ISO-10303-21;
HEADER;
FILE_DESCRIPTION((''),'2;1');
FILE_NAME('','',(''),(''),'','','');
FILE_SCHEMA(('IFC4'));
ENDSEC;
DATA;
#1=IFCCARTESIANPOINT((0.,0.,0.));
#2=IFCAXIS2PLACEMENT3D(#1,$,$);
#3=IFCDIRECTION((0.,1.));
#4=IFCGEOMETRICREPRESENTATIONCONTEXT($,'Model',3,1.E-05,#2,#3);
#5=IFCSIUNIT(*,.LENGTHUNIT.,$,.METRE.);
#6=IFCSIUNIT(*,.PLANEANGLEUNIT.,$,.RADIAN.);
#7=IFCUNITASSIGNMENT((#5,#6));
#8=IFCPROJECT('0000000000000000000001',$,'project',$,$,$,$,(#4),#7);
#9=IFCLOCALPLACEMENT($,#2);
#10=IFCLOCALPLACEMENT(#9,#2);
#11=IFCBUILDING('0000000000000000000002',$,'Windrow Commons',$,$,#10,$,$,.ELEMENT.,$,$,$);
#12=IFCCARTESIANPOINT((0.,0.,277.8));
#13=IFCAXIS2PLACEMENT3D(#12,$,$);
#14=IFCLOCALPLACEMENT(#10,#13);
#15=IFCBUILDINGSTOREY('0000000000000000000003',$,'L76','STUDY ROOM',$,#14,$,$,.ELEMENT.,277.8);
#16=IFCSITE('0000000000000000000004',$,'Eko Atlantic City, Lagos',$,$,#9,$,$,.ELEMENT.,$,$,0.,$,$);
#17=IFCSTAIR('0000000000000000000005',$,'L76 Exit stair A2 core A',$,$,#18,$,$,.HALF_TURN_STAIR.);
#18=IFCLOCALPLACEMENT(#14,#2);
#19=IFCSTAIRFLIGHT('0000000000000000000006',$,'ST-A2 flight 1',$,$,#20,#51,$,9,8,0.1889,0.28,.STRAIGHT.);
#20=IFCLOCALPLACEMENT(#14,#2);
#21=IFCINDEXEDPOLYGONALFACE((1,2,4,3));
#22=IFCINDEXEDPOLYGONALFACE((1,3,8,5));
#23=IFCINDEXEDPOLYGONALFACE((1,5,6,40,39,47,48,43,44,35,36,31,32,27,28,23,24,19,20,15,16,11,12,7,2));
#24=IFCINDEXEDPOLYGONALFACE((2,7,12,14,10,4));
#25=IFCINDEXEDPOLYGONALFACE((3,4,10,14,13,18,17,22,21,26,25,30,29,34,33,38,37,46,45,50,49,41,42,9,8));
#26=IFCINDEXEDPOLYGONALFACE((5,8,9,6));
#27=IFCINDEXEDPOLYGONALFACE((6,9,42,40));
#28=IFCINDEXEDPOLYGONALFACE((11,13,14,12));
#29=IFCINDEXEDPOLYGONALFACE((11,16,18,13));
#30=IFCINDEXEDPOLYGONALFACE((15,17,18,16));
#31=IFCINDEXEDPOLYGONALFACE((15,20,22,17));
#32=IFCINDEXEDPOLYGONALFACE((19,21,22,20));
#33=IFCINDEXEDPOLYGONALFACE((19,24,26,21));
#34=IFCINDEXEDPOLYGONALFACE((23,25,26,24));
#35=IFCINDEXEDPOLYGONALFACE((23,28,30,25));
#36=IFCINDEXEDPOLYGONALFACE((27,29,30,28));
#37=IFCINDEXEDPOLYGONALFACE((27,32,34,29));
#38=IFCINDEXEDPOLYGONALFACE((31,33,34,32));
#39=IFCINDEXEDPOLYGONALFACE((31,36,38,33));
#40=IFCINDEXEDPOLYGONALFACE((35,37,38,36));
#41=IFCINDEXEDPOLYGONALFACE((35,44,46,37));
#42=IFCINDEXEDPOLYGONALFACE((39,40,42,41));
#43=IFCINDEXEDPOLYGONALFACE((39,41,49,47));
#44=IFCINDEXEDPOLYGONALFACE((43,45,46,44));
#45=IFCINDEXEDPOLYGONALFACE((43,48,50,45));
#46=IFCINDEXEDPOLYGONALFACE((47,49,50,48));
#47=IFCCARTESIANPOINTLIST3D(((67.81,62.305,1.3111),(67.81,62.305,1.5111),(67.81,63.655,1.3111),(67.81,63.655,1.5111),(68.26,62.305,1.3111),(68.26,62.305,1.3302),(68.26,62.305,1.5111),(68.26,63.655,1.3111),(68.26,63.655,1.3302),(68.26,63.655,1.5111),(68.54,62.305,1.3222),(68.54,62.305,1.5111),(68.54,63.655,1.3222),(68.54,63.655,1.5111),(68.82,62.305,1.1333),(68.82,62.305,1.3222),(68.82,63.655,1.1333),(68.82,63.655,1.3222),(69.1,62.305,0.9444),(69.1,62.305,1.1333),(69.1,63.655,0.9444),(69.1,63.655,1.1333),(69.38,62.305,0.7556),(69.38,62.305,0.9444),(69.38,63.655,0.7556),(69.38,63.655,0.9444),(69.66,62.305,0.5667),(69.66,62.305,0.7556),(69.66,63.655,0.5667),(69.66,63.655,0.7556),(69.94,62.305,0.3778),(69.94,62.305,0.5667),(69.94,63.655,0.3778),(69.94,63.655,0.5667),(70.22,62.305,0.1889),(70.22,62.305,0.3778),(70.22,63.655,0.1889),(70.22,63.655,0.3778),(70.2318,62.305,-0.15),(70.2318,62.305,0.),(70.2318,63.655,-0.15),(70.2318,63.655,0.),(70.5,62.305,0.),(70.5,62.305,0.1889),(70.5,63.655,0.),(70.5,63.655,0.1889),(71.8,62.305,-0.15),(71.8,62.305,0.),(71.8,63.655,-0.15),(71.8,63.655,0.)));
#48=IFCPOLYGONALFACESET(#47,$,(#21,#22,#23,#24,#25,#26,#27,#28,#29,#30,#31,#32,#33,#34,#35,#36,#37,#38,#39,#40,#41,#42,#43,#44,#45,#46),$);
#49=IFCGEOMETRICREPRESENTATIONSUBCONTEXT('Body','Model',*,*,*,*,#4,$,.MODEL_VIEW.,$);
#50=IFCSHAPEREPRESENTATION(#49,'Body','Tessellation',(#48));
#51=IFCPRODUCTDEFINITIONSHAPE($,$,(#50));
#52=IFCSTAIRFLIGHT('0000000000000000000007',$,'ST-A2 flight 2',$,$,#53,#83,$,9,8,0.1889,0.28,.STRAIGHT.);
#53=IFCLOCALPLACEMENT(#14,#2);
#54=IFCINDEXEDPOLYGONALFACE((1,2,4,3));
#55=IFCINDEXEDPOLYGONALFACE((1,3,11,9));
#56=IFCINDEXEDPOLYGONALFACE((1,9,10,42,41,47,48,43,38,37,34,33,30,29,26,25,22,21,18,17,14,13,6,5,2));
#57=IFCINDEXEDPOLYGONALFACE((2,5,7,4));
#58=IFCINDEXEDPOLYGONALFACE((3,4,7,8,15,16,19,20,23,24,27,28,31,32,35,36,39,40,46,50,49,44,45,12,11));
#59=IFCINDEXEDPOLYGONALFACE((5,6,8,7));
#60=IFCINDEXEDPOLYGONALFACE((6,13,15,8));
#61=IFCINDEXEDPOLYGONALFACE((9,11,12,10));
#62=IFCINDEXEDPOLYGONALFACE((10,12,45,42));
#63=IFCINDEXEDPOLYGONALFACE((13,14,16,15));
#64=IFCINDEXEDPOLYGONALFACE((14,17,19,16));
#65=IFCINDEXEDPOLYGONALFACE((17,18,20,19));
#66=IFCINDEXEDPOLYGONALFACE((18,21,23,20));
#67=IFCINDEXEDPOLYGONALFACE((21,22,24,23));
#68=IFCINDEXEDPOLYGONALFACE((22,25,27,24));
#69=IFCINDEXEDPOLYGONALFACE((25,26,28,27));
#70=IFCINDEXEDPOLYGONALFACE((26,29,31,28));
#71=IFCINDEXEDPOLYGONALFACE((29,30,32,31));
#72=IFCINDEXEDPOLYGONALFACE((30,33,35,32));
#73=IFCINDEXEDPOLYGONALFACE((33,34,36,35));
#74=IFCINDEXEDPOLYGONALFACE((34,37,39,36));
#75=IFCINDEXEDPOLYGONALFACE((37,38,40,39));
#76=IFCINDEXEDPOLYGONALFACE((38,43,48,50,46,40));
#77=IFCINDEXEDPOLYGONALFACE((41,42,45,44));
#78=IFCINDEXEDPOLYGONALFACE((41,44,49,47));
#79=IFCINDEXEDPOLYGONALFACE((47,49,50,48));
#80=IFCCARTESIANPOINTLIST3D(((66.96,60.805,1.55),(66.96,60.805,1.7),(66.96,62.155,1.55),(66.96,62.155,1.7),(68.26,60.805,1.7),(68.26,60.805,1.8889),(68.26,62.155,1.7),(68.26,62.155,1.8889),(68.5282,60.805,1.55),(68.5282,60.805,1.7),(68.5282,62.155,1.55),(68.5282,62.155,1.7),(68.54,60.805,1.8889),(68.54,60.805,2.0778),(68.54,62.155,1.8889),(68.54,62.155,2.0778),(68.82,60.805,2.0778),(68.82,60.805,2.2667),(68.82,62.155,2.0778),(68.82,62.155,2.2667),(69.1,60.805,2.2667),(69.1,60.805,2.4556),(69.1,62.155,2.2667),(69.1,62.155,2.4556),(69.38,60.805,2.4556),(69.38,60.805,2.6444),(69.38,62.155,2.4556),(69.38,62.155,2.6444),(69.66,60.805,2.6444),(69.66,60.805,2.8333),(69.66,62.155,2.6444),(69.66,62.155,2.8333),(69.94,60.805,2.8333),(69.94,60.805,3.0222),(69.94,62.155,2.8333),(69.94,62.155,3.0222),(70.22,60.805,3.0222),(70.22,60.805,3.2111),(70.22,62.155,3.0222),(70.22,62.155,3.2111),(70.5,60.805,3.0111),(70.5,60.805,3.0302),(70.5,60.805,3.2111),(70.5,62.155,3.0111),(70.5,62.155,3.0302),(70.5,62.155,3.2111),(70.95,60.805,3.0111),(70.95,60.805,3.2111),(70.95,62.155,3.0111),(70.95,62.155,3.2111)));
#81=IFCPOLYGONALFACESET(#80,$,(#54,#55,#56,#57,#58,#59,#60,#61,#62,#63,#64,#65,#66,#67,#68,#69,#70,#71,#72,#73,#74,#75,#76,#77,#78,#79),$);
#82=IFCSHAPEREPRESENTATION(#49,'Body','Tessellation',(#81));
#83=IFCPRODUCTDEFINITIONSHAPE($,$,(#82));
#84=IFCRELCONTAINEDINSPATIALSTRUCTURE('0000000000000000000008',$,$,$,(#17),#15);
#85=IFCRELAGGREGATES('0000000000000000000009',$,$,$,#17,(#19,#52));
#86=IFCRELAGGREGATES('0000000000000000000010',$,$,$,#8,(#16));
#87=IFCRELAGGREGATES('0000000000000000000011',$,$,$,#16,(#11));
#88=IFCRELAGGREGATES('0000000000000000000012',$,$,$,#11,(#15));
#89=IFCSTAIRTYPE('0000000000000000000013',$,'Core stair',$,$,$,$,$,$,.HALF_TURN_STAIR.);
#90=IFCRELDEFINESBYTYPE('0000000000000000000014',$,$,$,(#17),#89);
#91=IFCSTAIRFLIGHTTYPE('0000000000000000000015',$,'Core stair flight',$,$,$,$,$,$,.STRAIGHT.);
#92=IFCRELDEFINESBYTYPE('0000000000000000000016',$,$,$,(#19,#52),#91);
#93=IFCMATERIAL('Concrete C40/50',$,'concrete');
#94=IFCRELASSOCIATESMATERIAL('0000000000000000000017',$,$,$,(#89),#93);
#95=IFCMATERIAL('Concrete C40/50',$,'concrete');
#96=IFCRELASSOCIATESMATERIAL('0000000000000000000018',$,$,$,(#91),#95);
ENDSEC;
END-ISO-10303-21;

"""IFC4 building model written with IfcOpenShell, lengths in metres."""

from ifc_helpers import new_model, si_unit, direction, frame, origin, place, context, subcontext, project, spatial, polyline, outline, extrude, material, type_object, element, aggregate, save


model = new_model("IFC4")

# Units and contexts
model_context = context("Model", 3, precision=1e-05, world=origin(), true_north=direction((0.0, 1.0)))
body_context = subcontext(model_context, "Body", "Model", "MODEL_VIEW")
ifc_project = project(units=[si_unit("LENGTHUNIT", "METRE"), si_unit("PLANEANGLEUNIT", "RADIAN")], contexts=[model_context])

# Site, building, storey
site_placement = place(None, origin())
site = spatial("IfcSite", under=ifc_project, at=site_placement, Name="Eko Atlantic City, Lagos", CompositionType="ELEMENT", RefElevation=0.0)
building_placement = place(site_placement, origin())
building = spatial("IfcBuilding", under=site, at=building_placement, Name="Windrow Commons", CompositionType="ELEMENT")
storey_placement = place(building_placement, frame((0.0, 0.0, 277.8)))
storey = spatial("IfcBuildingStorey", under=building, at=storey_placement, Name="L76", Description="STUDY ROOM", CompositionType="ELEMENT", Elevation=277.8)

# Shared definitions
ifc_material_1 = material(Name="Concrete C40/50", Category="concrete")
stair_type = type_object("IfcStairType", Name="Core stair", PredefinedType="HALF_TURN_STAIR", material=ifc_material_1)
placement = place(storey_placement, origin())
ifc_material_2 = material(Name="Concrete C40/50", Category="concrete")
stair_flight_type = type_object("IfcStairFlightType", Name="Core stair flight", PredefinedType="STRAIGHT", material=ifc_material_2)

# Stair, stair flights
stair_1 = element("IfcStair", 1, at=placement, inside=storey, type_object=stair_type, Name="L76 Exit stair A2 core A", PredefinedType="HALF_TURN_STAIR")
stair_flight_1_placement = place(storey_placement, frame((70.5, 62.98, 0.0), z_axis=(0.0, 0.0, 1.0), x_axis=(-1.0, 0.0, 0.0)))
stair_flight_1 = element("IfcStairFlight", 2, at=stair_flight_1_placement, type_object=stair_flight_type, Name="ST-A2 flight 1", NumberOfRisers=9, NumberOfTreads=8, PredefinedType="STRAIGHT", RiserHeight=0.1889, TreadLength=0.28, context=body_context, shape_type="SweptSolid", body=[
    extrude(outline(polyline([(-1.3, -0.15), (-1.3, 0.0), (0.0, 0.0), (0.0, 0.1889), (0.28, 0.1889), (0.28, 0.3778), (0.56, 0.3778), (0.56, 0.5667), (0.84, 0.5667), (0.84, 0.7556), (1.12, 0.7556), (1.12, 0.9444), (1.4, 0.9444), (1.4, 1.1333), (1.68, 1.1333), (1.68, 1.3222), (1.96, 1.3222), (1.96, 1.5111), (2.24, 1.5111), (2.69, 1.5111), (2.69, 1.3111), (2.24, 1.3111), (2.24, 1.3302), (0.2682, 0.0), (0.2682, -0.15), (-1.3, -0.15)])), frame((0.0, 0.675, 0.0), z_axis=(0.0, -1.0, 0.0), x_axis=(1.0, 0.0, 0.0)), (0.0, 0.0, 1.0), 1.35),
])
stair_flight_2_placement = place(storey_placement, frame((68.26, 61.48, 1.7), z_axis=(0.0, 0.0, 1.0), x_axis=(1.0, 0.0, 0.0)))
stair_flight_2 = element("IfcStairFlight", 3, at=stair_flight_2_placement, type_object=stair_flight_type, Name="ST-A2 flight 2", NumberOfRisers=9, NumberOfTreads=8, PredefinedType="STRAIGHT", RiserHeight=0.1889, TreadLength=0.28, context=body_context, shape_type="SweptSolid", body=[
    extrude(outline(polyline([(-1.3, -0.15), (-1.3, 0.0), (0.0, 0.0), (0.0, 0.1889), (0.28, 0.1889), (0.28, 0.3778), (0.56, 0.3778), (0.56, 0.5667), (0.84, 0.5667), (0.84, 0.7556), (1.12, 0.7556), (1.12, 0.9444), (1.4, 0.9444), (1.4, 1.1333), (1.68, 1.1333), (1.68, 1.3222), (1.96, 1.3222), (1.96, 1.5111), (2.24, 1.5111), (2.69, 1.5111), (2.69, 1.3111), (2.24, 1.3111), (2.24, 1.3302), (0.2682, 0.0), (0.2682, -0.15), (-1.3, -0.15)])), frame((0.0, 0.675, 0.0), z_axis=(0.0, -1.0, 0.0), x_axis=(1.0, 0.0, 0.0)), (0.0, 0.0, 1.0), 1.35),
])
aggregate(stair_1, [stair_flight_1, stair_flight_2])

save(model, "model.ifc")
